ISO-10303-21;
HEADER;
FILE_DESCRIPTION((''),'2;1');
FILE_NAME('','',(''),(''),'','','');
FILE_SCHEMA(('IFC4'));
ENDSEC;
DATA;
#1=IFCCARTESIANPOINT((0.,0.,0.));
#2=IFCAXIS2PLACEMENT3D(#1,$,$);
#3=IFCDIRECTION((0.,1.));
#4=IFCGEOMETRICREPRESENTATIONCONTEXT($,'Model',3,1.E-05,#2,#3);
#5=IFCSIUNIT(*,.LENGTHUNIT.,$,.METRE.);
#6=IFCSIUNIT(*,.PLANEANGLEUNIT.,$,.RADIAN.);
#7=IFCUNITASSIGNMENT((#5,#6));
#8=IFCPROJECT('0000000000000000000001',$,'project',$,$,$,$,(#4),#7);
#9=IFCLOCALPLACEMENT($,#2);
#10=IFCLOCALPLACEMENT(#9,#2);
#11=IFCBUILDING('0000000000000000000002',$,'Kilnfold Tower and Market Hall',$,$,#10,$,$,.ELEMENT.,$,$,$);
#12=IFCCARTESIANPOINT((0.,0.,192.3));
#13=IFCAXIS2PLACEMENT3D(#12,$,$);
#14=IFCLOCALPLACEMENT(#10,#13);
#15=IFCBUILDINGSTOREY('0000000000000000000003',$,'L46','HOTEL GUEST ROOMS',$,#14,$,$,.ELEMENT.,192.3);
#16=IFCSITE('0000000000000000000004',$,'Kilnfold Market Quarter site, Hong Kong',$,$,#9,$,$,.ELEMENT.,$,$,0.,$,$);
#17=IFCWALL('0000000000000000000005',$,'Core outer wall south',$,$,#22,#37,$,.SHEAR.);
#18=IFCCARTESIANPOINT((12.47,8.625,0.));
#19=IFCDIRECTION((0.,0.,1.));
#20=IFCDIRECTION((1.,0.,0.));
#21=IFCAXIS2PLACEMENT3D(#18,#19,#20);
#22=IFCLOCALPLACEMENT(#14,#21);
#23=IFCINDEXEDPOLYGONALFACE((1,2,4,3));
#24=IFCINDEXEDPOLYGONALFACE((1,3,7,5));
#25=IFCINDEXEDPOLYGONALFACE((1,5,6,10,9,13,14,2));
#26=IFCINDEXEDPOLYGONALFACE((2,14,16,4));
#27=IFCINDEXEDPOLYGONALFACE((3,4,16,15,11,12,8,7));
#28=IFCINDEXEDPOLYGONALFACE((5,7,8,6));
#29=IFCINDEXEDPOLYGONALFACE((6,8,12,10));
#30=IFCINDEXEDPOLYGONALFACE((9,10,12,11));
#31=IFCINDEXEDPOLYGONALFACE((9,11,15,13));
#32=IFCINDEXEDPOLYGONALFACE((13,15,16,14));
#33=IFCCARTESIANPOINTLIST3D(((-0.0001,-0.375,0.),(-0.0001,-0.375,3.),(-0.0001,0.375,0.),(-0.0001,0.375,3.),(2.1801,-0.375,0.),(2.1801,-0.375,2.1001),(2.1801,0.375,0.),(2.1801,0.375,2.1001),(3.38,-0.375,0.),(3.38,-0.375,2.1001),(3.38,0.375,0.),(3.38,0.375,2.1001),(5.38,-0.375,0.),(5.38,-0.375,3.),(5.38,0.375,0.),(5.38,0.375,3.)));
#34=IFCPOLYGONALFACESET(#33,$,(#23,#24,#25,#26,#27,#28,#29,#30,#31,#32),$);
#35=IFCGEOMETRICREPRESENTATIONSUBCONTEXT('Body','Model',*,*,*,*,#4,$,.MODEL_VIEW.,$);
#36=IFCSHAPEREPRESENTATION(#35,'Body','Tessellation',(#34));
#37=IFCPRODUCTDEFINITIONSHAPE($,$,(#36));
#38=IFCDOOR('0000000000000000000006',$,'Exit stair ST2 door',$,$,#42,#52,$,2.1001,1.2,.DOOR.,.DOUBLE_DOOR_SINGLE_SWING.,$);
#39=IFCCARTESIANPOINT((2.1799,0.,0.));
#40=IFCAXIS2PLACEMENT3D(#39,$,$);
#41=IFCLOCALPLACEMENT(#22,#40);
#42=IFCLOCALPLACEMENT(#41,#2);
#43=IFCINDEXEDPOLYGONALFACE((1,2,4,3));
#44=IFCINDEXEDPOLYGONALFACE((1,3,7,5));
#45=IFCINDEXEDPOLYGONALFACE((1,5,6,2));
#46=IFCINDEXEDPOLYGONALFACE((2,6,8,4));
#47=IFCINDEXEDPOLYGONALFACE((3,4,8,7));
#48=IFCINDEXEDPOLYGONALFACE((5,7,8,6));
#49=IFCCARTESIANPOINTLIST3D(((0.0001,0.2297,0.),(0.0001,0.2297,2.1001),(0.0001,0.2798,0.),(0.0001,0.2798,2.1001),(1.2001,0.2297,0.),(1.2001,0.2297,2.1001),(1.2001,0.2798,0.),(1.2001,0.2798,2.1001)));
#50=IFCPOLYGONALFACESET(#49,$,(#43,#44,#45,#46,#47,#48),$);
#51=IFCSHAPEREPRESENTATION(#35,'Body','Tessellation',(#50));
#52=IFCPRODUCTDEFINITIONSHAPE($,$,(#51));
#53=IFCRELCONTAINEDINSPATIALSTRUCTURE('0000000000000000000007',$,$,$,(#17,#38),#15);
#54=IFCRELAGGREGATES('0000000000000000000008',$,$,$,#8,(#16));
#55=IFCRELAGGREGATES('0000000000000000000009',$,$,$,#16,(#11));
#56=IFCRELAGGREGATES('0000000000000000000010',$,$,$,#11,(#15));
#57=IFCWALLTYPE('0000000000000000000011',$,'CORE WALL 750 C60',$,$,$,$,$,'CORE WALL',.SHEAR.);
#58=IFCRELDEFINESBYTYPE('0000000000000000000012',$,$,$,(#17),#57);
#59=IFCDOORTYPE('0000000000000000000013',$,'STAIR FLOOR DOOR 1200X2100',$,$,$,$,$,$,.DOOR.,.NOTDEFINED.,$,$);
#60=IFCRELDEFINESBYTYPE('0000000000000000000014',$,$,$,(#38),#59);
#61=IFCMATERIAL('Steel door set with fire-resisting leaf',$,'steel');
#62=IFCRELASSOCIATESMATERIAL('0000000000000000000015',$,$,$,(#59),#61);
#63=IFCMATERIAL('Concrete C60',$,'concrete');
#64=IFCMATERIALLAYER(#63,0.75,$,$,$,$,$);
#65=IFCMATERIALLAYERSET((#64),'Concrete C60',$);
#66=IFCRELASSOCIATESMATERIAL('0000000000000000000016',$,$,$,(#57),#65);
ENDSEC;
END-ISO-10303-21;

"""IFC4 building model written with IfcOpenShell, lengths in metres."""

from ifc_helpers import new_model, si_unit, direction, frame, frame_2d, origin, place, context, subcontext, project, spatial, rectangle, extrude, source, transform, mapped, material, layer, layer_set, type_object, element, fill, save


model = new_model("IFC4")

# Units and contexts
model_context = context("Model", 3, precision=1e-05, world=origin(), true_north=direction((0.0, 1.0)))
body_context = subcontext(model_context, "Body", "Model", "MODEL_VIEW")
ifc_project = project(units=[si_unit("LENGTHUNIT", "METRE"), si_unit("PLANEANGLEUNIT", "RADIAN")], contexts=[model_context])

# Site, building, storey
site_placement = place(None, origin())
site = spatial("IfcSite", under=ifc_project, at=site_placement, Name="Kilnfold Market Quarter site, Hong Kong", CompositionType="ELEMENT", RefElevation=0.0)
building_placement = place(site_placement, origin())
building = spatial("IfcBuilding", under=site, at=building_placement, Name="Kilnfold Tower and Market Hall", CompositionType="ELEMENT")
storey_placement = place(building_placement, frame((0.0, 0.0, 192.3)))
storey = spatial("IfcBuildingStorey", under=building, at=storey_placement, Name="L46", Description="HOTEL GUEST ROOMS", CompositionType="ELEMENT", Elevation=192.3)

# Wall, opening, door
ifc_material_1 = material(Name="Steel door set with fire-resisting leaf", Category="steel")
door_type_1 = type_object("IfcDoorType", Name="STAIR FLOOR DOOR 1200X2100", OperationType="NOTDEFINED", PredefinedType="DOOR", material=ifc_material_1)
ifc_material_2 = material(Name="Concrete C60", Category="concrete")
ifc_layer_1 = layer(ifc_material_2, 0.75)
ifc_layer_set_1 = layer_set([ifc_layer_1], Name="Concrete C60")
wall_type_1 = type_object("IfcWallType", Name="CORE WALL 750 C60", ElementType="CORE WALL", PredefinedType="SHEAR", material=ifc_layer_set_1)
shared_shape_1 = source(origin(), body_context, "Body", "SweptSolid", [
    extrude(rectangle(XDim=5.3801, YDim=0.75, at=frame_2d((2.6899, 0.0))), origin(), (0.0, 0.0, 1.0), 3.0),
])
wall_1_placement = place(storey_placement, frame((12.47, 8.625, 0.0), z_axis=(0.0, 0.0, 1.0), x_axis=(1.0, 0.0, 0.0)))
wall_1 = element("IfcWall", 1, at=wall_1_placement, inside=storey, type_object=wall_type_1, Name="Core outer wall south", PredefinedType="SHEAR", context=body_context, shape_type="MappedRepresentation", body=[
    mapped(shared_shape_1, transform((0.0, 0.0, 0.0))),
])
opening_1_placement = place(wall_1_placement, frame((2.1799, 0.0, 0.0)))
opening_1 = element("IfcOpeningElement", 2, at=opening_1_placement, cuts=wall_1, PredefinedType="OPENING", context=body_context, shape_type="SweptSolid", body=[
    extrude(rectangle(XDim=1.2, YDim=2.1001, at=frame_2d((0.6001, 1.05))), frame((0.0, 0.385, 0.0), z_axis=(0.0, -1.0, 0.0), x_axis=(1.0, 0.0, 0.0)), (0.0, 0.0, 1.0), 0.77),
])
door_1_placement = place(opening_1_placement, origin())
door_1 = element("IfcDoor", 3, at=door_1_placement, inside=storey, type_object=door_type_1, Name="Exit stair ST2 door", OperationType="DOUBLE_DOOR_SINGLE_SWING", OverallHeight=2.1001, OverallWidth=1.2, PredefinedType="DOOR", context=body_context, shape_type="SweptSolid", body=[
    extrude(rectangle(XDim=1.2, YDim=2.1001, at=frame_2d((0.6001, 1.05))), frame((0.0, 0.2798, 0.0), z_axis=(0.0, -1.0, 0.0), x_axis=(1.0, 0.0, 0.0)), (0.0, 0.0, 1.0), 0.05),
])
fill(opening_1, door_1)

save(model, "model.ifc")
